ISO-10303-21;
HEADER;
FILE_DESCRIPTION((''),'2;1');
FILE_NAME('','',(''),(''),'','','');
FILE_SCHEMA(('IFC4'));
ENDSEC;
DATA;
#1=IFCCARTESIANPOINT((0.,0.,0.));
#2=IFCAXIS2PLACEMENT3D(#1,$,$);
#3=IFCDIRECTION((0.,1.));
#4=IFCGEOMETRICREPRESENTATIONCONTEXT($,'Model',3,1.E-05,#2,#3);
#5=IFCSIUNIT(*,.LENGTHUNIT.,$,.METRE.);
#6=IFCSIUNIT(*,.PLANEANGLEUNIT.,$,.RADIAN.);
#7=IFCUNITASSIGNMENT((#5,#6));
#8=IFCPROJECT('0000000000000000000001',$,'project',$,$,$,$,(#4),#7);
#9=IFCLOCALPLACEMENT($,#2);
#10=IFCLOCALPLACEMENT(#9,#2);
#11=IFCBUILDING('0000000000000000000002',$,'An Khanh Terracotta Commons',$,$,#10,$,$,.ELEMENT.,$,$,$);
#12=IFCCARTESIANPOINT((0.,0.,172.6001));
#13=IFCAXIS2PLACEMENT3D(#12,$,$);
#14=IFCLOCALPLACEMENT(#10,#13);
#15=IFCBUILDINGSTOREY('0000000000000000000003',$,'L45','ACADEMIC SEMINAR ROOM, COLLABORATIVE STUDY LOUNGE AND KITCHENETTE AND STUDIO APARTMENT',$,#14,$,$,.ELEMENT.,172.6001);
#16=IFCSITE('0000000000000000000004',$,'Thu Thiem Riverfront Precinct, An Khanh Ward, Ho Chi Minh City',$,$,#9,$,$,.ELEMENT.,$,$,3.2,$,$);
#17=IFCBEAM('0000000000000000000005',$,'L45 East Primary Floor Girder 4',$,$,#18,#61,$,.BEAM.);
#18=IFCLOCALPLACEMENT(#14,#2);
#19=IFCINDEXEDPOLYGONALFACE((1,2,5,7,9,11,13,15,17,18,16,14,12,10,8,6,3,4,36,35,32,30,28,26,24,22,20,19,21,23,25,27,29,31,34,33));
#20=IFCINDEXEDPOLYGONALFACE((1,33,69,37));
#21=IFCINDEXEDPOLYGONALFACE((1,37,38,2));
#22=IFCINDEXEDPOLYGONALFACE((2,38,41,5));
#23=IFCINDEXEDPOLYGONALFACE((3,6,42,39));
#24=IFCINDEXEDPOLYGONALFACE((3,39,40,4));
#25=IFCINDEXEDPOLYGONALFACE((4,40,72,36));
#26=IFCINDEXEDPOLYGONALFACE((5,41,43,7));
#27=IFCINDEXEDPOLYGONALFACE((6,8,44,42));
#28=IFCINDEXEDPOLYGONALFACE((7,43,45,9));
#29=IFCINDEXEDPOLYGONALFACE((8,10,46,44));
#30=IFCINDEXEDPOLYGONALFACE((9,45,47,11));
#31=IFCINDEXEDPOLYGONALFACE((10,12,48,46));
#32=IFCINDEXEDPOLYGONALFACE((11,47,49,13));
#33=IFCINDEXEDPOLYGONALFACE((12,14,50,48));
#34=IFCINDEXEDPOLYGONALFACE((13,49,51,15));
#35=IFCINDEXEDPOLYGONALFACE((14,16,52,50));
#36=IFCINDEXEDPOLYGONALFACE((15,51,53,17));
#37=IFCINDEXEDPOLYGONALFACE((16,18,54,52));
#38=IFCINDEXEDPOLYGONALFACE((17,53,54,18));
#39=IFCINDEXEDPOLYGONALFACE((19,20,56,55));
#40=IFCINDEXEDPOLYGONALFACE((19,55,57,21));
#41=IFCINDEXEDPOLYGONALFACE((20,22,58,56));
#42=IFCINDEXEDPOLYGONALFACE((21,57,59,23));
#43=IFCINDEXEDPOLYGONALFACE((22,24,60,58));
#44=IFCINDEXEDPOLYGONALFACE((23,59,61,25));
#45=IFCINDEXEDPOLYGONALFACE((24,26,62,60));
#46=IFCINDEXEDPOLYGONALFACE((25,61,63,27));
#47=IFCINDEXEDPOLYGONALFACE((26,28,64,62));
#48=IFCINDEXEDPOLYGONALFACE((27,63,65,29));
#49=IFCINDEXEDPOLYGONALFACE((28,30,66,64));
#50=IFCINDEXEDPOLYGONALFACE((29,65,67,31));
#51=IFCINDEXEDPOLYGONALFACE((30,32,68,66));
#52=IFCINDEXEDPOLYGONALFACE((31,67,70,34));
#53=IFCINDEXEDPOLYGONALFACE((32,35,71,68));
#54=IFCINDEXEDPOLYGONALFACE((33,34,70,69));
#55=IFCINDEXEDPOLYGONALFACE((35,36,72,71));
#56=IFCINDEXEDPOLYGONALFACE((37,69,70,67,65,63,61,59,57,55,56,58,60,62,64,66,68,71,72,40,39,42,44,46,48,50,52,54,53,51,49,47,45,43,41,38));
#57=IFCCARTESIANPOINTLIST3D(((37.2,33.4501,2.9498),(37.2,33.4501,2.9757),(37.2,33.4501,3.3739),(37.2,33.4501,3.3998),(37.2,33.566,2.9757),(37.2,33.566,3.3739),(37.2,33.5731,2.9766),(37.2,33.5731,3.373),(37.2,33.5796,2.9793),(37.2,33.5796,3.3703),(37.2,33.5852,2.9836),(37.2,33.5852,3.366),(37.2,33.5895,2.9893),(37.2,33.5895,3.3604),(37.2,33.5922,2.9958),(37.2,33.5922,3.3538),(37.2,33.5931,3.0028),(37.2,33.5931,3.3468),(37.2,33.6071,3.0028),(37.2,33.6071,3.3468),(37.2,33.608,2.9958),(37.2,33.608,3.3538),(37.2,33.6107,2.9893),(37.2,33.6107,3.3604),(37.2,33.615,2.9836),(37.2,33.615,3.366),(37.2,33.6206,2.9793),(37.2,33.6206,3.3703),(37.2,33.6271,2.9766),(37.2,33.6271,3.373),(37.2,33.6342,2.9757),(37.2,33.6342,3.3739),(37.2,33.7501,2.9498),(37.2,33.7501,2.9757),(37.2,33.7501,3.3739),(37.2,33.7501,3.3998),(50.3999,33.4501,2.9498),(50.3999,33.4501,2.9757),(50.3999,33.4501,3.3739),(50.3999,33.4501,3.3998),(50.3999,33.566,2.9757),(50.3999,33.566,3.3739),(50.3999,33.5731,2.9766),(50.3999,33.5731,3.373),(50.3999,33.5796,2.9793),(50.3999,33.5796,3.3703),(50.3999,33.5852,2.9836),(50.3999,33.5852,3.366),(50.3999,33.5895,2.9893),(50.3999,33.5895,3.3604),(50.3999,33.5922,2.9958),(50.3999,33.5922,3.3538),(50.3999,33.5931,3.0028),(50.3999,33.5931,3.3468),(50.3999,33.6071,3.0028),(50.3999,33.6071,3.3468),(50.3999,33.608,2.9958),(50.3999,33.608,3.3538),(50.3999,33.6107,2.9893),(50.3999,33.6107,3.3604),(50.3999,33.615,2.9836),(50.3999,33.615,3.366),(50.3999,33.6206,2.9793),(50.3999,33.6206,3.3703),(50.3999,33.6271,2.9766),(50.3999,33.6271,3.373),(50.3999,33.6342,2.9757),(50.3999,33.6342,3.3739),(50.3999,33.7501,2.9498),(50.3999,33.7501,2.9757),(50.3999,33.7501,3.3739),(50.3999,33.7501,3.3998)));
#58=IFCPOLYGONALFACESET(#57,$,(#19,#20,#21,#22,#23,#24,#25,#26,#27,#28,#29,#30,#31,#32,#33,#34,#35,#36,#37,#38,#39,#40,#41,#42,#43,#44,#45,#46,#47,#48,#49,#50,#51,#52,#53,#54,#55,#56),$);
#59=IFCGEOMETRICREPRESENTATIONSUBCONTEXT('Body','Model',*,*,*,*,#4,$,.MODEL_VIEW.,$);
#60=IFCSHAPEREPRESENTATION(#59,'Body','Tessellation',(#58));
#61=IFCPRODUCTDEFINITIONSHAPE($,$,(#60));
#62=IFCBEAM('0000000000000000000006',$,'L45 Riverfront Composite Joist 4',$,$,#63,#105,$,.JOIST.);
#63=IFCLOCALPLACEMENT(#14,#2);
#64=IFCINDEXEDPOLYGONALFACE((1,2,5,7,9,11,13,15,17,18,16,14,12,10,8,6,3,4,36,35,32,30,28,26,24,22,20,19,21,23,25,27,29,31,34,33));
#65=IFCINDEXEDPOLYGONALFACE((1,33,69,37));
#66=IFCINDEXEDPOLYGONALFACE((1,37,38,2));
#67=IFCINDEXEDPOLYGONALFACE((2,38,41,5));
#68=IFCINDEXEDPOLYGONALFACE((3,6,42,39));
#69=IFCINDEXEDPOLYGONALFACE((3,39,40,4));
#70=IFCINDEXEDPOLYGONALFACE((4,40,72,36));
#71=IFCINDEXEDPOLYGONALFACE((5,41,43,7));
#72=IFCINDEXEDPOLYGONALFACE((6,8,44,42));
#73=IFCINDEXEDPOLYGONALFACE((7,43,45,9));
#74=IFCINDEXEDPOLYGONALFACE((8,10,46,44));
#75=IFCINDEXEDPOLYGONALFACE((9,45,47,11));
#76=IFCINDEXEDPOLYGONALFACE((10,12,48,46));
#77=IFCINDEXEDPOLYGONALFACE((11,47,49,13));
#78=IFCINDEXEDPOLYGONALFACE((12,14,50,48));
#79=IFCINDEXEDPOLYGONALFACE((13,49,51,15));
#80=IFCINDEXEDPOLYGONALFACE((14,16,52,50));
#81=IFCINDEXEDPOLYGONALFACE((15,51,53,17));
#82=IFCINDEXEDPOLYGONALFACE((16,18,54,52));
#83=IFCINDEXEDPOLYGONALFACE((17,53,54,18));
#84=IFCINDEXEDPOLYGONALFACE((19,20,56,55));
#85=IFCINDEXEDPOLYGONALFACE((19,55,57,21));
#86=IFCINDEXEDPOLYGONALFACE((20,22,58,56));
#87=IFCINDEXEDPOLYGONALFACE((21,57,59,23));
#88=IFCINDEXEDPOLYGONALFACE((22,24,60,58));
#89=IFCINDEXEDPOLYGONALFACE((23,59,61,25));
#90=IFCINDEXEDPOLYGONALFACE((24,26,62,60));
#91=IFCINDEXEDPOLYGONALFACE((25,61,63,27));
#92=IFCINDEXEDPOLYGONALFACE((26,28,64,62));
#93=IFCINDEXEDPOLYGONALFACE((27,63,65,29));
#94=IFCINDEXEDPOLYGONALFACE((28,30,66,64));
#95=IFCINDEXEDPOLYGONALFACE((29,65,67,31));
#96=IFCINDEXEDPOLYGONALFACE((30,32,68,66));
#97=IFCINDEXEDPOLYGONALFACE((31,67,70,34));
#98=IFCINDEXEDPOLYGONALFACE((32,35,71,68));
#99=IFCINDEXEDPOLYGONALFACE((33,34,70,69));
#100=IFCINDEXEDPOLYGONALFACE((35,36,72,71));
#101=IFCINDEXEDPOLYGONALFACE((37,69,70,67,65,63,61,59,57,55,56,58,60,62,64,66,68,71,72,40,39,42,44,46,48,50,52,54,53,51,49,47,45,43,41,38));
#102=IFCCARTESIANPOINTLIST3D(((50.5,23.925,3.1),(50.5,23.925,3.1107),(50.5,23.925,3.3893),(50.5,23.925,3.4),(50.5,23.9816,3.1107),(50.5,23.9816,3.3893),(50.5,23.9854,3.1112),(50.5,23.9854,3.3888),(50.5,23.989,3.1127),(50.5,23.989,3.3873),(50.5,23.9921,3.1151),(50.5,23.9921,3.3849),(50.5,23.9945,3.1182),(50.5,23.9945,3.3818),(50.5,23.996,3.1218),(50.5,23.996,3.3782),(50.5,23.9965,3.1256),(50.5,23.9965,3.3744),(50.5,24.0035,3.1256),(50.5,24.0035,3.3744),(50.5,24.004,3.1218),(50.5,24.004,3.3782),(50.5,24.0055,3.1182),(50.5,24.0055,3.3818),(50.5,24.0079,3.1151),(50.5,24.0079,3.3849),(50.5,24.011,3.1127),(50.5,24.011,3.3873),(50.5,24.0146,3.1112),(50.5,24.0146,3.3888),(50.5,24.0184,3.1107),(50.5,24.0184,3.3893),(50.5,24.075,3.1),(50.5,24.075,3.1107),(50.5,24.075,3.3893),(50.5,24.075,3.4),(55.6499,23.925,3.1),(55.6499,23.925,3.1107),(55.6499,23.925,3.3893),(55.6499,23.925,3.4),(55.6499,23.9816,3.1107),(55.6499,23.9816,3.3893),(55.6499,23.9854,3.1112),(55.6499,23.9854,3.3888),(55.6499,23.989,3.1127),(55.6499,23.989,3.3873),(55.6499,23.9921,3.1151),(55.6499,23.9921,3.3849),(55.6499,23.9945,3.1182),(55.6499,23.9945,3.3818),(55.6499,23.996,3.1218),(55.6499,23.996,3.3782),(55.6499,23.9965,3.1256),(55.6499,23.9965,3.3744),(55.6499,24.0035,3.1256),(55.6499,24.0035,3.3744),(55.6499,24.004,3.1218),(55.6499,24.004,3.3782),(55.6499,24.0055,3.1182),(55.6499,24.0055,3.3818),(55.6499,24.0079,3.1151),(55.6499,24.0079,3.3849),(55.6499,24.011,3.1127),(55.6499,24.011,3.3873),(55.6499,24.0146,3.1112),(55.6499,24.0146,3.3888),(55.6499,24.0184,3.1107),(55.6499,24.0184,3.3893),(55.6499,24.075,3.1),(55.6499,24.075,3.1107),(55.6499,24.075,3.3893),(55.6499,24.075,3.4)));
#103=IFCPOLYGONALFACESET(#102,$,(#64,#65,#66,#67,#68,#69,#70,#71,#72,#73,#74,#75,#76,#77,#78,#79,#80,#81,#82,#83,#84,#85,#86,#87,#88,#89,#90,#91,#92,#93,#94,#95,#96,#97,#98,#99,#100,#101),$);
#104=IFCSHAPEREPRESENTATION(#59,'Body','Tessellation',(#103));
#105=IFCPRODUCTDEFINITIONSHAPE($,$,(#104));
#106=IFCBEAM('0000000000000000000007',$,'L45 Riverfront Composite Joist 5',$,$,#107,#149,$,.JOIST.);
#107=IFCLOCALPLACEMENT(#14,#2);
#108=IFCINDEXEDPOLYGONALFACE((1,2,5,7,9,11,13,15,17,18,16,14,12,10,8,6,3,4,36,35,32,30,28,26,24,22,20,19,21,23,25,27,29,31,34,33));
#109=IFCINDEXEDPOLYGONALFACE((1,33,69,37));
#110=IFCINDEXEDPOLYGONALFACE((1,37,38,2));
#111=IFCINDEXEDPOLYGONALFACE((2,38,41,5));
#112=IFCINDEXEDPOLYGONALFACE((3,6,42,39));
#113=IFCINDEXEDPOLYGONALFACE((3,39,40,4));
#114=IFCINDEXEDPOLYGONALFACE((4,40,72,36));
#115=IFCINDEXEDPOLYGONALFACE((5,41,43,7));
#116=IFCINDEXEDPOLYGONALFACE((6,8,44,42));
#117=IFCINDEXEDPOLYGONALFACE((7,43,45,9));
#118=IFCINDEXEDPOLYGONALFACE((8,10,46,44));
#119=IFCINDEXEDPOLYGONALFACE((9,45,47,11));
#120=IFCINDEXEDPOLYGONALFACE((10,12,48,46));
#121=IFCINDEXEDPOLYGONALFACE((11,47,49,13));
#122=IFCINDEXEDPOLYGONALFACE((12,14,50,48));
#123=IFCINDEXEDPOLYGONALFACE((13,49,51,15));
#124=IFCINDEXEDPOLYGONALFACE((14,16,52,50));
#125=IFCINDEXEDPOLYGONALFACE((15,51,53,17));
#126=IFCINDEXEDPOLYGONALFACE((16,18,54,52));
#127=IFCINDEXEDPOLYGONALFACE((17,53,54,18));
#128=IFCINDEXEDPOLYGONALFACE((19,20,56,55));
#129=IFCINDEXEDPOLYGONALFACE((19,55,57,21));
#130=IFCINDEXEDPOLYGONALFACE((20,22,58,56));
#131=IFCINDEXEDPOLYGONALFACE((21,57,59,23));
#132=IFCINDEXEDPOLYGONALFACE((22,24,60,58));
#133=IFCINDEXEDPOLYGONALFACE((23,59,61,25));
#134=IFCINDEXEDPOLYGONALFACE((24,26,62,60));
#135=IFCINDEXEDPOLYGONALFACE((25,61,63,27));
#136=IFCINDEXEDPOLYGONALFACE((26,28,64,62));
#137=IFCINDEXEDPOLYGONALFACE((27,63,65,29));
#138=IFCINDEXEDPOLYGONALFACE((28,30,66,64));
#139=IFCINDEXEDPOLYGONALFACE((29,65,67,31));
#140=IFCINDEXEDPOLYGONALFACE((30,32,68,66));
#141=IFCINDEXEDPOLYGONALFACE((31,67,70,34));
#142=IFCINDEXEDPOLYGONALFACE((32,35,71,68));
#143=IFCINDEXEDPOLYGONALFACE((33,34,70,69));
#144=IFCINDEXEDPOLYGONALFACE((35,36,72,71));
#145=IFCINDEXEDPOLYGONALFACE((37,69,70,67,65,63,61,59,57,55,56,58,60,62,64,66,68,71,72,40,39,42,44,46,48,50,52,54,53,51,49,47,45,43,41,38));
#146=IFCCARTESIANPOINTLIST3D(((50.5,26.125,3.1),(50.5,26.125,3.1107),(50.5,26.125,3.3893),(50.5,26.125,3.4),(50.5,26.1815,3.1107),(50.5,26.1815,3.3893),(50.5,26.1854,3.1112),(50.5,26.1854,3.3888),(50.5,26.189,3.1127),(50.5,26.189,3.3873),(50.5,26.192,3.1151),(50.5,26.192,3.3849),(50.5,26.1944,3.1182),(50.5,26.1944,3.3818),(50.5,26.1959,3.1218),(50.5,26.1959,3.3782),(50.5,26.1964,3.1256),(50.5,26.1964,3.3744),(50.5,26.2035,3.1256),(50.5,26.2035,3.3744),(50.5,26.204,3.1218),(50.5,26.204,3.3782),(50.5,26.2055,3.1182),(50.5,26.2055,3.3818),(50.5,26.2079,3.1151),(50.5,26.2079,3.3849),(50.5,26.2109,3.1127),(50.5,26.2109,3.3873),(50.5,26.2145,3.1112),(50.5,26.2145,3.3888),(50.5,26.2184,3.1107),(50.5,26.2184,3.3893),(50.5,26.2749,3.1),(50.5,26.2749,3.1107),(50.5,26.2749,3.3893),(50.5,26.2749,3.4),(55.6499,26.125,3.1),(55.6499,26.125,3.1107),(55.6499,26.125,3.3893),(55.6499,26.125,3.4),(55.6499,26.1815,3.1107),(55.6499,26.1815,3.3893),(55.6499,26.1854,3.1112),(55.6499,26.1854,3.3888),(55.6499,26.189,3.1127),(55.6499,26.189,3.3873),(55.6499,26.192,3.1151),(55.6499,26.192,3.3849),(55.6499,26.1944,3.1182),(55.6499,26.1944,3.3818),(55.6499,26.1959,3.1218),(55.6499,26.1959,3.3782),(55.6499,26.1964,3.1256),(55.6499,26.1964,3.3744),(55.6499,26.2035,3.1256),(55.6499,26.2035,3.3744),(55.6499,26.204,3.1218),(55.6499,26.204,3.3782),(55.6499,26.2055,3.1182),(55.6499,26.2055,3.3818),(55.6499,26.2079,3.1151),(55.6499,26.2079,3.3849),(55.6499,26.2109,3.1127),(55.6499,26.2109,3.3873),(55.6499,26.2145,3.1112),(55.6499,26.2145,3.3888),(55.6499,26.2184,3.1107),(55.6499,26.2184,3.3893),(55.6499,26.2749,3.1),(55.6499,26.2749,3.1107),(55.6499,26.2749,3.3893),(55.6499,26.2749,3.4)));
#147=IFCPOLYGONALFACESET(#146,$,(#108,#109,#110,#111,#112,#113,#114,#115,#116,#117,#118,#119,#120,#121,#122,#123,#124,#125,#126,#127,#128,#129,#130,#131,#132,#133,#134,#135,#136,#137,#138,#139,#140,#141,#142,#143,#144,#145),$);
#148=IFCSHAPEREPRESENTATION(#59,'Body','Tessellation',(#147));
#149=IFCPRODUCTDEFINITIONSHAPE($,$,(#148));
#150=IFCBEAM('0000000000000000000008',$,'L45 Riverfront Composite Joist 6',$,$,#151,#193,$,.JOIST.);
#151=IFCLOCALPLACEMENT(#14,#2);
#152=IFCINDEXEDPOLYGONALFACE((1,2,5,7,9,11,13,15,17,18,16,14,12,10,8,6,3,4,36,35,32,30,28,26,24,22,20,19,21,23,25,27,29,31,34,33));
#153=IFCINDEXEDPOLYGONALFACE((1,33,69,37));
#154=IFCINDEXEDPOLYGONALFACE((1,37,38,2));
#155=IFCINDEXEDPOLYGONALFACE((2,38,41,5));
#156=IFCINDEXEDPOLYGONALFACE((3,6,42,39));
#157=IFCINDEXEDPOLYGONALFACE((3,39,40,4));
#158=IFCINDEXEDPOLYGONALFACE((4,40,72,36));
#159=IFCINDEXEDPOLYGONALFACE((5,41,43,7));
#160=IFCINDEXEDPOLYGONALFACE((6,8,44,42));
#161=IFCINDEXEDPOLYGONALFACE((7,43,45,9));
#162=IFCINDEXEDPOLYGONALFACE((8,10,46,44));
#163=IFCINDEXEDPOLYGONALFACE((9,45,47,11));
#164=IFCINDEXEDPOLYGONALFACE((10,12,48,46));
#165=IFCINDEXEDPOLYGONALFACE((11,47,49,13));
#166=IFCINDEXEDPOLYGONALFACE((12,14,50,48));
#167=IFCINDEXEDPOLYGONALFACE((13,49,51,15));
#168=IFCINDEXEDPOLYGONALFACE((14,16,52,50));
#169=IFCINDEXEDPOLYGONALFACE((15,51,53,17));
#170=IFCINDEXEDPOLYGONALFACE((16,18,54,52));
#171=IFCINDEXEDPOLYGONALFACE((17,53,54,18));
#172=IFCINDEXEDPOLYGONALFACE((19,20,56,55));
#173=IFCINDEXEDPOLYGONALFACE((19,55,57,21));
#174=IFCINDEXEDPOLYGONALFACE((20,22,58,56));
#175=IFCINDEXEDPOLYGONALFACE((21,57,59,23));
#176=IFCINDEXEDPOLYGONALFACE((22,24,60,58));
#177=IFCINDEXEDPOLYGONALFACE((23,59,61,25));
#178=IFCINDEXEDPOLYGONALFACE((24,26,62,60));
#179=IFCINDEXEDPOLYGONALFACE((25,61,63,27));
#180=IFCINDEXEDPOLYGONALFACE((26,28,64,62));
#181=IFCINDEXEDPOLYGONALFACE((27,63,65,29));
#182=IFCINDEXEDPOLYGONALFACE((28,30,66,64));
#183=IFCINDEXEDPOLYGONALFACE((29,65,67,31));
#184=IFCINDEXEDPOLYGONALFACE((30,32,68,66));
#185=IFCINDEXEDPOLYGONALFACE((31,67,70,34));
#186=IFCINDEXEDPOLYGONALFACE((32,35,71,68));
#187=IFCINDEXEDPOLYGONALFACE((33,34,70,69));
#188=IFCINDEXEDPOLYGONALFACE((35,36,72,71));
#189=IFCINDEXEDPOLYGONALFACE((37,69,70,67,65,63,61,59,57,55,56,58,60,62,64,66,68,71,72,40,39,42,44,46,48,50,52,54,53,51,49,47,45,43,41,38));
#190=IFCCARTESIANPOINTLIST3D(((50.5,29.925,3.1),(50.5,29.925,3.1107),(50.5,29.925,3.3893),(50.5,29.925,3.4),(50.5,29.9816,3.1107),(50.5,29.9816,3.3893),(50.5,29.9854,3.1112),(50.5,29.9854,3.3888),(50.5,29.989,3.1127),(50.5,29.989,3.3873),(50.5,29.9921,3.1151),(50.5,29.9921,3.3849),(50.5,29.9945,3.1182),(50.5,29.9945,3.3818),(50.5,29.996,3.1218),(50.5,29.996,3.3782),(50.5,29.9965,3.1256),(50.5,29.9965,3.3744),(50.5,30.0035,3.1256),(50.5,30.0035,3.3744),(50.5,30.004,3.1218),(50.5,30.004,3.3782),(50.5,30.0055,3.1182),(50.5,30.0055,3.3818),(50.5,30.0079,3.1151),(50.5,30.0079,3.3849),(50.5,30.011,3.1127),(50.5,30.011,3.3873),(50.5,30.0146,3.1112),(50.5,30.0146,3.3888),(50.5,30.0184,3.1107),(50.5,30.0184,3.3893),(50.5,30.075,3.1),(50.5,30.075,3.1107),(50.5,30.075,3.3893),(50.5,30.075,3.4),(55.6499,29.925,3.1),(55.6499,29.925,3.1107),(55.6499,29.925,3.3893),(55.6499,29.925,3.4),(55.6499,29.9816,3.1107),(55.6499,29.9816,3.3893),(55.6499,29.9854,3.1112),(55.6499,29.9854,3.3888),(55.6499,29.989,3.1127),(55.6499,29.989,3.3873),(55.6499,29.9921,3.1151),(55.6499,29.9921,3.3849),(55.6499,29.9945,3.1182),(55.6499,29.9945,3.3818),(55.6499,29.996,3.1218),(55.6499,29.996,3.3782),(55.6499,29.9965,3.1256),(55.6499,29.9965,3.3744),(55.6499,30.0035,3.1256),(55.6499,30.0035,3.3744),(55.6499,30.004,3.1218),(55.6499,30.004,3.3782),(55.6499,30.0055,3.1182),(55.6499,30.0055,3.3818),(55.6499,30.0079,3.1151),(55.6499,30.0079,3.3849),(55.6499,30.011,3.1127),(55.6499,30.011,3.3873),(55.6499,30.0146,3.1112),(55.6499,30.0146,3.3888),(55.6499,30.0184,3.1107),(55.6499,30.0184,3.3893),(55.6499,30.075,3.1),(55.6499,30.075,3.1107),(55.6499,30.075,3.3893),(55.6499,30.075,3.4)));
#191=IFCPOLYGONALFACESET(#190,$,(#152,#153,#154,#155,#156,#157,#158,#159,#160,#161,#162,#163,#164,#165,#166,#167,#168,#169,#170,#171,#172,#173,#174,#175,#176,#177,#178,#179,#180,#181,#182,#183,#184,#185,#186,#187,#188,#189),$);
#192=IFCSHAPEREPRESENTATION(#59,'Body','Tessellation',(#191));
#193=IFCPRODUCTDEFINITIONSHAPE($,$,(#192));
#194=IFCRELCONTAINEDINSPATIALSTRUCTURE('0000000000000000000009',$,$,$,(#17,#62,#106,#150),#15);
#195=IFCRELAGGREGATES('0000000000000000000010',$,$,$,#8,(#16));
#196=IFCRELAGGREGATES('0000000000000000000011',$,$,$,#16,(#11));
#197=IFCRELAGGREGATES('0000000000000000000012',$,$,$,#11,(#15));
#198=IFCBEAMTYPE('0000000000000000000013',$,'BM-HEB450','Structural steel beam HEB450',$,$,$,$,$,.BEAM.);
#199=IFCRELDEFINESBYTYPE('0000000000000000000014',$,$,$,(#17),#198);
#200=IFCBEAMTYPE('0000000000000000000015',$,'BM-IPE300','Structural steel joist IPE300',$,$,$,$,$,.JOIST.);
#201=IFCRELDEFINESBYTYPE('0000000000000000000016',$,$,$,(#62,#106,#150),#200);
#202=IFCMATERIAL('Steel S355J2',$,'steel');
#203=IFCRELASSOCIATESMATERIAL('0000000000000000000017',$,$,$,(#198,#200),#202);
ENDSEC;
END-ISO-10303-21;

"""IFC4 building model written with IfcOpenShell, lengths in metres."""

from ifc_helpers import new_model, si_unit, direction, frame, origin, origin_2d, place, context, subcontext, project, spatial, i_section, extrude, material, material_profile, profile_set, type_object, element, save


model = new_model("IFC4")

# Units and contexts
model_context = context("Model", 3, precision=1e-05, world=origin(), true_north=direction((0.0, 1.0)))
body_context = subcontext(model_context, "Body", "Model", "MODEL_VIEW")
ifc_project = project(units=[si_unit("LENGTHUNIT", "METRE"), si_unit("PLANEANGLEUNIT", "RADIAN")], contexts=[model_context])

# Site, building, storey
site_placement = place(None, origin())
site = spatial("IfcSite", under=ifc_project, at=site_placement, Name="Thu Thiem Riverfront Precinct, An Khanh Ward, Ho Chi Minh City", CompositionType="ELEMENT", RefElevation=3.2)
building_placement = place(site_placement, origin())
building = spatial("IfcBuilding", under=site, at=building_placement, Name="An Khanh Terracotta Commons", CompositionType="ELEMENT")
storey_placement = place(building_placement, frame((0.0, 0.0, 172.6001)))
storey = spatial("IfcBuildingStorey", under=building, at=storey_placement, Name="L45", Description="ACADEMIC SEMINAR ROOM, COLLABORATIVE STUDY LOUNGE AND KITCHENETTE AND STUDIO APARTMENT", CompositionType="ELEMENT", Elevation=172.6001)

# Beams
ifc_material_1 = material(Name="Steel S355J2", Category="steel")
ifc_material_profile_1 = material_profile(ifc_material_1, i_section(OverallWidth=0.3, OverallDepth=0.45, WebThickness=0.0139, FlangeThickness=0.0259, FilletRadius=0.0271, at=origin_2d()), Name="HEB450")
ifc_profile_set_1 = profile_set([ifc_material_profile_1], Name="Steel S355J2")
beam_type_1 = type_object("IfcBeamType", Name="BM-HEB450", Description="Structural steel beam HEB450", PredefinedType="BEAM", material=ifc_profile_set_1)
for number, where, z_axis, x_axis, name in (
    (1, (37.2, 33.6001, 3.1748), (1.0, 0.0, 0.0), (0.0, 1.0, 0.0), "L45 East Primary Floor Girder 4"),
):
    element("IfcBeam", number, at=place(storey_placement, frame(where, z_axis=z_axis, x_axis=x_axis)), inside=storey, type_object=beam_type_1, Name=name, PredefinedType="BEAM", context=body_context, shape_type="SweptSolid", body=[
        extrude(i_section(OverallWidth=0.3, OverallDepth=0.45, WebThickness=0.0139, FlangeThickness=0.0259, FilletRadius=0.0271, at=origin_2d()), origin(), (0.0, 0.0, 1.0), 13.2),
    ])
ifc_material_profile_2 = material_profile(ifc_material_1, i_section(OverallWidth=0.1499, OverallDepth=0.3, WebThickness=0.0071, FlangeThickness=0.0107, FilletRadius=0.0149, at=origin_2d()), Name="IPE300")
ifc_profile_set_2 = profile_set([ifc_material_profile_2], Name="Steel S355J2")
beam_type_2 = type_object("IfcBeamType", Name="BM-IPE300", Description="Structural steel joist IPE300", PredefinedType="JOIST", material=ifc_profile_set_2)
for number, where, z_axis, x_axis, name in (
    (2, (50.5, 24.0, 3.25), (1.0, 0.0, 0.0), (0.0, 1.0, 0.0), "L45 Riverfront Composite Joist 4"),
    (3, (50.5, 26.2, 3.25), (1.0, 0.0, 0.0), (0.0, 1.0, 0.0), "L45 Riverfront Composite Joist 5"),
    (4, (50.5, 30.0, 3.25), (1.0, 0.0, 0.0), (0.0, 1.0, 0.0), "L45 Riverfront Composite Joist 6"),
):
    element("IfcBeam", number, at=place(storey_placement, frame(where, z_axis=z_axis, x_axis=x_axis)), inside=storey, type_object=beam_type_2, Name=name, PredefinedType="JOIST", context=body_context, shape_type="SweptSolid", body=[
        extrude(i_section(OverallWidth=0.1499, OverallDepth=0.3, WebThickness=0.0071, FlangeThickness=0.0107, FilletRadius=0.0149, at=origin_2d()), origin(), (0.0, 0.0, 1.0), 5.1499),
    ])

save(model, "model.ifc")
